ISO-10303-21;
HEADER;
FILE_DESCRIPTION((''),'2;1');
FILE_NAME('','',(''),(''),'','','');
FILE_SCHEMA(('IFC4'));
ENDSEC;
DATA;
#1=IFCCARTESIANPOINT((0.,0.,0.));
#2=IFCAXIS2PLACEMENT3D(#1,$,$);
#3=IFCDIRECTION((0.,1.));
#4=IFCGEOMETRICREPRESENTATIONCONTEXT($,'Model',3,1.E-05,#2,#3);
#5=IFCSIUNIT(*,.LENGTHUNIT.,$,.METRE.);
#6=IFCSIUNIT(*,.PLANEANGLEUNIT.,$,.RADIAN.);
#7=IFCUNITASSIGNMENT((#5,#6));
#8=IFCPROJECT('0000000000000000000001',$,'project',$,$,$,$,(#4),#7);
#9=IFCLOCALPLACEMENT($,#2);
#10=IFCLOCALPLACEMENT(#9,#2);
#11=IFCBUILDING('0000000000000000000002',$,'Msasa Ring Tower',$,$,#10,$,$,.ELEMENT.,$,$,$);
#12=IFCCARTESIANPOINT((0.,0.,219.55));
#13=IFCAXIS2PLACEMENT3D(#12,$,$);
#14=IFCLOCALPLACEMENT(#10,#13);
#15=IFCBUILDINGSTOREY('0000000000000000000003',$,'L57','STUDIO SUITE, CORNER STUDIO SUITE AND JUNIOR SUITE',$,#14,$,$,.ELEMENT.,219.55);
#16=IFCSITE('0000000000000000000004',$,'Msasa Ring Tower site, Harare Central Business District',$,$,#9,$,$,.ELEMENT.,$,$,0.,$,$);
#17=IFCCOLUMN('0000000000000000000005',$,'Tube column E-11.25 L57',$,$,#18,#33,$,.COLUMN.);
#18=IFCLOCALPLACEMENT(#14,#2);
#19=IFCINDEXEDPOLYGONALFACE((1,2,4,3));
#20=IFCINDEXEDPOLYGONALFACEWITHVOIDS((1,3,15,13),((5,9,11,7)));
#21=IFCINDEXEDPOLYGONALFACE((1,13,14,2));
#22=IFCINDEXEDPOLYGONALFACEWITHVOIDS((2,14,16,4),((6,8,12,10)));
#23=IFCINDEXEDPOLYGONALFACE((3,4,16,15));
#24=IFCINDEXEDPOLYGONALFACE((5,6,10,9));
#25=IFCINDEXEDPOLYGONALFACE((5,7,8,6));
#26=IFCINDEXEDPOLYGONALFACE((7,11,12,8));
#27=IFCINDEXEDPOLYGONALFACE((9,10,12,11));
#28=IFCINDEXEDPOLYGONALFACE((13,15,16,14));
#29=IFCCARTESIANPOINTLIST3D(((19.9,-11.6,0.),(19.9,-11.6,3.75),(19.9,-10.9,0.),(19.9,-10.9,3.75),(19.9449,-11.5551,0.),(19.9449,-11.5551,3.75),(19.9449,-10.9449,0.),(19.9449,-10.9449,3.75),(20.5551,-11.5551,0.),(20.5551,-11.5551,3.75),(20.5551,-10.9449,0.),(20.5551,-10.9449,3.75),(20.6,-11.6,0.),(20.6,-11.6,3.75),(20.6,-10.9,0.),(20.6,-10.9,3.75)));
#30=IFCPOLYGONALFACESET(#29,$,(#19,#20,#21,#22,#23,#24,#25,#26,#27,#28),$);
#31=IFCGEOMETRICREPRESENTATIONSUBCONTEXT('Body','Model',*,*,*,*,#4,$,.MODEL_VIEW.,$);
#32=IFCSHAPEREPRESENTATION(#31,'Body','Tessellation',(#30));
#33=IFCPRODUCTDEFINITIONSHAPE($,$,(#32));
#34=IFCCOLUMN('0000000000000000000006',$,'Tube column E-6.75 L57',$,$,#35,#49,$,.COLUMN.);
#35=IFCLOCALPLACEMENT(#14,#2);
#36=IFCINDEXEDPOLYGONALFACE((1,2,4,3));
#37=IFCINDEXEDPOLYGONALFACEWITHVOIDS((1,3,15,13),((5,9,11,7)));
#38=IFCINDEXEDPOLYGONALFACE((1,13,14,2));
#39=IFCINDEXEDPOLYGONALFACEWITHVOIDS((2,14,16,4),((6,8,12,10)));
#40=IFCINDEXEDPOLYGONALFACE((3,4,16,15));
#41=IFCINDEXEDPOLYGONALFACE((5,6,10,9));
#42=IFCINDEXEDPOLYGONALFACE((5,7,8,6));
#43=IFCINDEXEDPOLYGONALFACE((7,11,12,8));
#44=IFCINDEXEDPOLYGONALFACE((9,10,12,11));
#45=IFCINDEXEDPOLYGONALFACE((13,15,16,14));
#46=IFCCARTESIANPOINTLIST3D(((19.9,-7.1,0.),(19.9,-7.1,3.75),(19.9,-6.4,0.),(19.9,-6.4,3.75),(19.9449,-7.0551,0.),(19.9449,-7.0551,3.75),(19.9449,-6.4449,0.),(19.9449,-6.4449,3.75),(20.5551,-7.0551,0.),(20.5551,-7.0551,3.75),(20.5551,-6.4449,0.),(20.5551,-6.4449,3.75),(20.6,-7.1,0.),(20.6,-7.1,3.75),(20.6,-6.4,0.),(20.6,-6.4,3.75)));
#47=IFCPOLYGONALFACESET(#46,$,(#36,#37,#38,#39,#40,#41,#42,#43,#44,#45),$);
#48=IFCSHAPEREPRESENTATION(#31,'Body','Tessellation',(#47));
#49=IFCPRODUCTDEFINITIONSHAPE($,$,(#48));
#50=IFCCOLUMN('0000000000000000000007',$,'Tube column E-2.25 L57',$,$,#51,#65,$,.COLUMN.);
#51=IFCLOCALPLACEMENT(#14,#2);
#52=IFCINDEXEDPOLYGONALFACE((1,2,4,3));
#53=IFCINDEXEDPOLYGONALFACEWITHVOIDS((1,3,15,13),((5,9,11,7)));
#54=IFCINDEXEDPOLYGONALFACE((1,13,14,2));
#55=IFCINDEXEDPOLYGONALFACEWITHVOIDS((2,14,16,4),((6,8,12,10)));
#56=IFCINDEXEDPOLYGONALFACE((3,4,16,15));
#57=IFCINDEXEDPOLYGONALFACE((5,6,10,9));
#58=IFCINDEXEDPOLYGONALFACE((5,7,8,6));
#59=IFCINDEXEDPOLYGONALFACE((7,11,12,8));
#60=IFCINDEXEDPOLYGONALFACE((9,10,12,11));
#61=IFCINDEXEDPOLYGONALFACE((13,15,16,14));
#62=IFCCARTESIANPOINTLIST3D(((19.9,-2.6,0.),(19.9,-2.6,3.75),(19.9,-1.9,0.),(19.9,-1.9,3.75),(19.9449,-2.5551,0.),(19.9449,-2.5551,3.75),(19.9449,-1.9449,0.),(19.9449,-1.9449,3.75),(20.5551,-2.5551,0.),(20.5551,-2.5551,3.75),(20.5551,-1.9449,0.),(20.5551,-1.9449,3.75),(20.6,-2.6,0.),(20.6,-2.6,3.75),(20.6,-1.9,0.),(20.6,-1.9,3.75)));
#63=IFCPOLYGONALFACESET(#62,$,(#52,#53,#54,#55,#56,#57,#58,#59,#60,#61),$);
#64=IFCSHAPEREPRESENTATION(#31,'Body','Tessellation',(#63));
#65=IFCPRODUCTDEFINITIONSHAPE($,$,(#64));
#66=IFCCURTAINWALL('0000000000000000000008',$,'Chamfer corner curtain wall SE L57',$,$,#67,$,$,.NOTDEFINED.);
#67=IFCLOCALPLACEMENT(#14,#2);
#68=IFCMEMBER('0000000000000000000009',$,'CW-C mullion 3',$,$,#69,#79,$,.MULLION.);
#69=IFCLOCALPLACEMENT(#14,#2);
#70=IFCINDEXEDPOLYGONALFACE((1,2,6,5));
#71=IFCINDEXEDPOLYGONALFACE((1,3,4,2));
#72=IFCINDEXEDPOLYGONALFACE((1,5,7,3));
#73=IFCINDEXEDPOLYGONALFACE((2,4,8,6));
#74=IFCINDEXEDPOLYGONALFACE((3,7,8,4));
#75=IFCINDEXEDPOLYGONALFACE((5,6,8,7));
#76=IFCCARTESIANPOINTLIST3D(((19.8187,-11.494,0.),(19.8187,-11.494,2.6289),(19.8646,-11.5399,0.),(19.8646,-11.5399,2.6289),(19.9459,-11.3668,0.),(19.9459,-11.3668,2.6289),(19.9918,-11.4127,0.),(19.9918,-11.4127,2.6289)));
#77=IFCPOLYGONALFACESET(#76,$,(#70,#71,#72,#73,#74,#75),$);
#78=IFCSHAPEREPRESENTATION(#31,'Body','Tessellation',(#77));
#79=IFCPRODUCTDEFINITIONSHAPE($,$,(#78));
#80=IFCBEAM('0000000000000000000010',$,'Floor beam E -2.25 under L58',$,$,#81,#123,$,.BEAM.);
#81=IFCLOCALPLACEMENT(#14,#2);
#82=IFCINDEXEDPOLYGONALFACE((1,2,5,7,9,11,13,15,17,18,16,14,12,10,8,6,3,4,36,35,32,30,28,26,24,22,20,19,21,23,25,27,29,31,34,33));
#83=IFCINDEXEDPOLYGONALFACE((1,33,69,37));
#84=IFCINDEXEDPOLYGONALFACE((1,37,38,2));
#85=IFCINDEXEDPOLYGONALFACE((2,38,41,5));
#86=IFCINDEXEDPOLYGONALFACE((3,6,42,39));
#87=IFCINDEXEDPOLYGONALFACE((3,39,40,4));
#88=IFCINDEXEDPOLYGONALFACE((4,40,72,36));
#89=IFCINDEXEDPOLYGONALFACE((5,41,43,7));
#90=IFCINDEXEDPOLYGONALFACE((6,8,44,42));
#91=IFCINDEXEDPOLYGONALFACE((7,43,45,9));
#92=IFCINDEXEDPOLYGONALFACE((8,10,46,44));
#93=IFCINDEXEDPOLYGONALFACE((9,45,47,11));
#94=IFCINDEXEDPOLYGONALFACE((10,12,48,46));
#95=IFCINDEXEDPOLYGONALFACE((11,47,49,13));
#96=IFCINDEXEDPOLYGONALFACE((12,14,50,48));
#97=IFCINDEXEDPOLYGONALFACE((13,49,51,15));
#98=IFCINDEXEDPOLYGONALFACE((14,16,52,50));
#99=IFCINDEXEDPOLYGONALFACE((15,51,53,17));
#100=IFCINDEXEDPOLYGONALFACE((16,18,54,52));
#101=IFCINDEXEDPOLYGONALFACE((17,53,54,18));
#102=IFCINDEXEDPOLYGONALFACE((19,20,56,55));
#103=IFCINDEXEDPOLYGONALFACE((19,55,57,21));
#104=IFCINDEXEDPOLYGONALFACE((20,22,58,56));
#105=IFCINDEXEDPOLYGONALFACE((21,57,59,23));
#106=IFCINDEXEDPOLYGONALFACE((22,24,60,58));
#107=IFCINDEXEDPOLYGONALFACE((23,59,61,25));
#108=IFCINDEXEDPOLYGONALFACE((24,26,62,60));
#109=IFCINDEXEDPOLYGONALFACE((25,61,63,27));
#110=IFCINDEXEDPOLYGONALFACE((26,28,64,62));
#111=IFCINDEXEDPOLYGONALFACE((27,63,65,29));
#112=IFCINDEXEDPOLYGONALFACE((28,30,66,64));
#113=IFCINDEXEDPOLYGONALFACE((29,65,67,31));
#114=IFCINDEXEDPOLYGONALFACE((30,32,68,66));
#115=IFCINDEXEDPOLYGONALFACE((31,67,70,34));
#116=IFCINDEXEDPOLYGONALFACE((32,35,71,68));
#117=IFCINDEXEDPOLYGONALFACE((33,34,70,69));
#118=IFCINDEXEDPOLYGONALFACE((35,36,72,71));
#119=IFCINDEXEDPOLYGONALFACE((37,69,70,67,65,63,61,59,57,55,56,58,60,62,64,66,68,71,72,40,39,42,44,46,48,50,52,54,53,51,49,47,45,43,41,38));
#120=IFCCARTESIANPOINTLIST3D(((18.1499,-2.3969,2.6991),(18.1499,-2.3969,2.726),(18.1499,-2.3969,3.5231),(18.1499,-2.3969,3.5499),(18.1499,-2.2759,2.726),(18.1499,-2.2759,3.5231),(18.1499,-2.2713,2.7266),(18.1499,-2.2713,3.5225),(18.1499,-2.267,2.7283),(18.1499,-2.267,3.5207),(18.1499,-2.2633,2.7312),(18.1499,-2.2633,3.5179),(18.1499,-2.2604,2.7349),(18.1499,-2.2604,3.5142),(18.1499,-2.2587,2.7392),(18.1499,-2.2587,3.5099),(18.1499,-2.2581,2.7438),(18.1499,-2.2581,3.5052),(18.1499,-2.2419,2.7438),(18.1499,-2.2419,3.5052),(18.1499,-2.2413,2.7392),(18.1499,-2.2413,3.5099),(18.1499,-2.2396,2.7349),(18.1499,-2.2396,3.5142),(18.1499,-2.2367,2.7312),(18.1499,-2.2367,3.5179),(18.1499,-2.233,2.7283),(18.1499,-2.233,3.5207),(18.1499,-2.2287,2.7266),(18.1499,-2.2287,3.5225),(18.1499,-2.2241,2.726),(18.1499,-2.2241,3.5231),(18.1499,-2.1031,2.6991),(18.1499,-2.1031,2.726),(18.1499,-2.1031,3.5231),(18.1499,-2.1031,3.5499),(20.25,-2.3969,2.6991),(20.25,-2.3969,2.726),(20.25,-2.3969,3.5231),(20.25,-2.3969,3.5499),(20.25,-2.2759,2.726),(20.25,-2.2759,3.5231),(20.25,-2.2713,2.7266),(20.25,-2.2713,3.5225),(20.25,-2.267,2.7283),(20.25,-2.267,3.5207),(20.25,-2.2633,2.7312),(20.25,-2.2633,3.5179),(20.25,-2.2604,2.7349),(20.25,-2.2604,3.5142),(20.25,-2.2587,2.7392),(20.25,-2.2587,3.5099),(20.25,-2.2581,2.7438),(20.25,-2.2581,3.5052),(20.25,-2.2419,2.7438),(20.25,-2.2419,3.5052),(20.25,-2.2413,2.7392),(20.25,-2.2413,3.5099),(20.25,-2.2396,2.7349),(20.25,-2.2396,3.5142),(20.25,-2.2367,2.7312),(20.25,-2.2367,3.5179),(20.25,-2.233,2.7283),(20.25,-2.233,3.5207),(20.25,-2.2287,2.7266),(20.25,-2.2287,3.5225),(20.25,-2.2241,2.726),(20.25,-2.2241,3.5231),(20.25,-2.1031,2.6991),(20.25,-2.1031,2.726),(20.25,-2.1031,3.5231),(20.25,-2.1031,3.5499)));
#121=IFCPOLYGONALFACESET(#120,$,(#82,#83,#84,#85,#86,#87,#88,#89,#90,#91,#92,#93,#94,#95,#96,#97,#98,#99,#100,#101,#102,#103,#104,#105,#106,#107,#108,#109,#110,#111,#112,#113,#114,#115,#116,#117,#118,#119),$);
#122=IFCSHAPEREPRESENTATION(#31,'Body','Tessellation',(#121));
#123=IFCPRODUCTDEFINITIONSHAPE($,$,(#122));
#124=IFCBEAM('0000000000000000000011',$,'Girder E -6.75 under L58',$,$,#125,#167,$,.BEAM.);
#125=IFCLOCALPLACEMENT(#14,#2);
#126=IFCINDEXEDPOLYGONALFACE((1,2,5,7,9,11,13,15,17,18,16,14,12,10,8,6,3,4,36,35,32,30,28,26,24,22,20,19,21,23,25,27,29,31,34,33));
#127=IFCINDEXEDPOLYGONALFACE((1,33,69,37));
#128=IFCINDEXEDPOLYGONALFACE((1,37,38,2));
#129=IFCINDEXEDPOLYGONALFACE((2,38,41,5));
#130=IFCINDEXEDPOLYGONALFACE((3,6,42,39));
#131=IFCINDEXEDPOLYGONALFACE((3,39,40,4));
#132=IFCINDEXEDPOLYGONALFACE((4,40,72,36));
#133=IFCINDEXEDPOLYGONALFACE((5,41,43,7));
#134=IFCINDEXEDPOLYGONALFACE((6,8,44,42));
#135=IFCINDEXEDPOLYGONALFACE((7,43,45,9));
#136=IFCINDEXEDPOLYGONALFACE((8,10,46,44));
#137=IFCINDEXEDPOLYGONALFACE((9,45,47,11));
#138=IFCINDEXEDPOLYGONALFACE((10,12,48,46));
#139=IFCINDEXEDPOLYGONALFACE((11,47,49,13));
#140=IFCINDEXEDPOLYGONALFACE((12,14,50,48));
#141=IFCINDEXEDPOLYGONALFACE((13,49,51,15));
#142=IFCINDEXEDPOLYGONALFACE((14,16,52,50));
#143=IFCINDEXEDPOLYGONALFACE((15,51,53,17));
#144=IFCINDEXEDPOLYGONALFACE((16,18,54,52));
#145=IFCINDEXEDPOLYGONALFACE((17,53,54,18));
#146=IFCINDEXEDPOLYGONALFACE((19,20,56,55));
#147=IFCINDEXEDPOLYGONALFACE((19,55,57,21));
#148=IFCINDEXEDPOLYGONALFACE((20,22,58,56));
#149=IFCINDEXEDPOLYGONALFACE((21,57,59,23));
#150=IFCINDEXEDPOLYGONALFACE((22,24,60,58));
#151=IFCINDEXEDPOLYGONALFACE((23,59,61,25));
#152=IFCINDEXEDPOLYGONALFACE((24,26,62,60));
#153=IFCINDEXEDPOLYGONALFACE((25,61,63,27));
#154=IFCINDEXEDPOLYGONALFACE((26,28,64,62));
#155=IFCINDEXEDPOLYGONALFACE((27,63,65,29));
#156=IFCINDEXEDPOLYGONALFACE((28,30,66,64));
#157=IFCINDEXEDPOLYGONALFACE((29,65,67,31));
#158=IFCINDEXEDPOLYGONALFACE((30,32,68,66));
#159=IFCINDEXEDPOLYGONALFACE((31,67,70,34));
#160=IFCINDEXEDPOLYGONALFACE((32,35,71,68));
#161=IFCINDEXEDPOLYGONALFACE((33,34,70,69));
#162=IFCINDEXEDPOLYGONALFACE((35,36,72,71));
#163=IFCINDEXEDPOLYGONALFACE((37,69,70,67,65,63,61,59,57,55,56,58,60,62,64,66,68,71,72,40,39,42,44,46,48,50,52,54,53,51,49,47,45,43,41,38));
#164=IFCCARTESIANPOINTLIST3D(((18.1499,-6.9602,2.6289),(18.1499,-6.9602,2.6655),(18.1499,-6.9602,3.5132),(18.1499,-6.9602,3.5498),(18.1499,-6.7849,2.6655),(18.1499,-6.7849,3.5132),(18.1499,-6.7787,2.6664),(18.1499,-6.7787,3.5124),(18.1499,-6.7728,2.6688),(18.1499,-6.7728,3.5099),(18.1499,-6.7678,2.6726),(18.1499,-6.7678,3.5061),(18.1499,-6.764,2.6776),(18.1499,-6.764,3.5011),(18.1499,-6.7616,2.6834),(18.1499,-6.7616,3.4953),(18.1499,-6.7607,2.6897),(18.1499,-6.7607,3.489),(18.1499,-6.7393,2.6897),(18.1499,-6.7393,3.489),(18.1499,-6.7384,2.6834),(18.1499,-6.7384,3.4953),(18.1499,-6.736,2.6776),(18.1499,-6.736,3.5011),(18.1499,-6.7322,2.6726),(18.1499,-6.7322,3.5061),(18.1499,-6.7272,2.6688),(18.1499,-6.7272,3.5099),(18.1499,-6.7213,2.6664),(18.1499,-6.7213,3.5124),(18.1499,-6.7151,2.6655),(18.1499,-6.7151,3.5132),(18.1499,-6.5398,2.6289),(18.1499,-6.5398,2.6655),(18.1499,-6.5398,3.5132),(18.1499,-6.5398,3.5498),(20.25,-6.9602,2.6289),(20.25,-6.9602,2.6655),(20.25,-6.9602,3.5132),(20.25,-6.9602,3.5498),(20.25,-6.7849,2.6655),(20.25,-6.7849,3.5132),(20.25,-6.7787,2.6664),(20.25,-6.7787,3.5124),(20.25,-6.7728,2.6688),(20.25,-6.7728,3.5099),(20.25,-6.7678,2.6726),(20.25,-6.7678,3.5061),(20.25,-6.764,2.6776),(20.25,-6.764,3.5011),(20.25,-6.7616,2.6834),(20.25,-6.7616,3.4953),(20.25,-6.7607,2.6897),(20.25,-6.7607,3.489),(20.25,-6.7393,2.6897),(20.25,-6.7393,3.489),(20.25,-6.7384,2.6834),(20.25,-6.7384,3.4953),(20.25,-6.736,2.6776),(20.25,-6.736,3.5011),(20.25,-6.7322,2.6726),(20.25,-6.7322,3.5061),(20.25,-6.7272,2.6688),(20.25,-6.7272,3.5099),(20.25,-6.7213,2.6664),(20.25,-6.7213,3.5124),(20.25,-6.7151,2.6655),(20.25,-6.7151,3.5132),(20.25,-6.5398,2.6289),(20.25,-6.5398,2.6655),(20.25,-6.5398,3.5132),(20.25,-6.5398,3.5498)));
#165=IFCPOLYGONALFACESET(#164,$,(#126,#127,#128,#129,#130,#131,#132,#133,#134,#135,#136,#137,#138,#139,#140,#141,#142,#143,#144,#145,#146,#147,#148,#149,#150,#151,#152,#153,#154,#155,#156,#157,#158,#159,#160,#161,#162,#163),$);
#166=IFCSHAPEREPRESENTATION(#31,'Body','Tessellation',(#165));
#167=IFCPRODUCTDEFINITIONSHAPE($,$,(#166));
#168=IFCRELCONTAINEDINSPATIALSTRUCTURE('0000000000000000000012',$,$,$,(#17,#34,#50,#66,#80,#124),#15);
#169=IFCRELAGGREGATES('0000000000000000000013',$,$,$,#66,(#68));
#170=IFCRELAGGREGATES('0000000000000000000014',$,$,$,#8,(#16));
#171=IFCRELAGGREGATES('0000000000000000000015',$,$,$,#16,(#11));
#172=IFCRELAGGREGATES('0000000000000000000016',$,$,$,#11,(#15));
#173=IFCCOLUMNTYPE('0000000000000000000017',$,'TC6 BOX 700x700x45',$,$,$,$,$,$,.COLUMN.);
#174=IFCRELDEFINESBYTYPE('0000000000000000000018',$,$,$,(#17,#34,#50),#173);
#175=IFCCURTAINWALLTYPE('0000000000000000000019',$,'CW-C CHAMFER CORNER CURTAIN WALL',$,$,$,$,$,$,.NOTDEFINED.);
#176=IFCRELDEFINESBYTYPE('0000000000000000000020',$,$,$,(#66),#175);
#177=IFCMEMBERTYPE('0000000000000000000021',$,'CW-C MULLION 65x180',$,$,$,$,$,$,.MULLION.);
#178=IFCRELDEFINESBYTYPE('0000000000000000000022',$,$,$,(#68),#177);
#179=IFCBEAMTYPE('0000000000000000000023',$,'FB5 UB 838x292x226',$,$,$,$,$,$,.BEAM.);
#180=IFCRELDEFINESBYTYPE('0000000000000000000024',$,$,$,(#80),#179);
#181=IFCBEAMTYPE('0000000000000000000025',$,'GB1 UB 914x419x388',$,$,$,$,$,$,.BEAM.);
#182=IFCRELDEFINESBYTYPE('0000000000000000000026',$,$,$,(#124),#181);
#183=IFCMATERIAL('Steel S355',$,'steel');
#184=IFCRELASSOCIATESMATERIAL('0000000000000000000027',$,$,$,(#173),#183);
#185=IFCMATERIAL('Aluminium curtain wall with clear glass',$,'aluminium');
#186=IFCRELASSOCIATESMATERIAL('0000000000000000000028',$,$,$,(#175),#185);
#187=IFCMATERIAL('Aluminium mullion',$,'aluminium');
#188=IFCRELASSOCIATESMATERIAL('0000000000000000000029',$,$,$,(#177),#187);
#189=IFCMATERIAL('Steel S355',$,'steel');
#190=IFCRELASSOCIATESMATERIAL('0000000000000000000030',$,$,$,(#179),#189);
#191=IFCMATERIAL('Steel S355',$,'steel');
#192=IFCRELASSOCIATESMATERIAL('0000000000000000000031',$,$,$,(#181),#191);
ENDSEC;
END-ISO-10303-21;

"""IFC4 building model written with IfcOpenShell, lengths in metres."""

from ifc_helpers import new_model, si_unit, direction, frame, origin, origin_2d, place, context, subcontext, project, spatial, rectangle, hollow_rectangle, i_section, extrude, material, material_profile, profile_set, type_object, element, aggregate, save


model = new_model("IFC4")

# Units and contexts
model_context = context("Model", 3, precision=1e-05, world=origin(), true_north=direction((0.0, 1.0)))
body_context = subcontext(model_context, "Body", "Model", "MODEL_VIEW")
ifc_project = project(units=[si_unit("LENGTHUNIT", "METRE"), si_unit("PLANEANGLEUNIT", "RADIAN")], contexts=[model_context])

# Site, building, storey
site_placement = place(None, origin())
site = spatial("IfcSite", under=ifc_project, at=site_placement, Name="Msasa Ring Tower site, Harare Central Business District", CompositionType="ELEMENT", RefElevation=0.0)
building_placement = place(site_placement, origin())
building = spatial("IfcBuilding", under=site, at=building_placement, Name="Msasa Ring Tower", CompositionType="ELEMENT")
storey_placement = place(building_placement, frame((0.0, 0.0, 219.55)))
storey = spatial("IfcBuildingStorey", under=building, at=storey_placement, Name="L57", Description="STUDIO SUITE, CORNER STUDIO SUITE AND JUNIOR SUITE", CompositionType="ELEMENT", Elevation=219.55)

# Columns
ifc_material_1 = material(Name="Steel S355", Category="steel")
ifc_material_profile_1 = material_profile(ifc_material_1, hollow_rectangle(XDim=0.7, YDim=0.7, WallThickness=0.0449, at=origin_2d()), Name="BOX 700x700x45")
ifc_profile_set_1 = profile_set([ifc_material_profile_1], Name="Steel S355")
column_type = type_object("IfcColumnType", Name="TC6 BOX 700x700x45", PredefinedType="COLUMN", material=ifc_profile_set_1)
for number, where, z_axis, x_axis, name in (
    (1, (20.25, -11.25, 0.0), (0.0, 0.0, 1.0), (1.0, 0.0, 0.0), "Tube column E-11.25 L57"),
    (2, (20.25, -6.75, 0.0), (0.0, 0.0, 1.0), (1.0, 0.0, 0.0), "Tube column E-6.75 L57"),
    (3, (20.25, -2.25, 0.0), (0.0, 0.0, 1.0), (1.0, 0.0, 0.0), "Tube column E-2.25 L57"),
):
    element("IfcColumn", number, at=place(storey_placement, frame(where, z_axis=z_axis, x_axis=x_axis)), inside=storey, type_object=column_type, Name=name, PredefinedType="COLUMN", context=body_context, shape_type="SweptSolid", body=[
        extrude(hollow_rectangle(XDim=0.7, YDim=0.7, WallThickness=0.0449, at=origin_2d()), origin(), (0.0, 0.0, 1.0), 3.75),
    ])

# Curtain wall, member
ifc_material_2 = material(Name="Aluminium curtain wall with clear glass", Category="aluminium")
curtain_wall_type = type_object("IfcCurtainWallType", Name="CW-C CHAMFER CORNER CURTAIN WALL", PredefinedType="NOTDEFINED", material=ifc_material_2)
curtain_wall_placement = place(storey_placement, origin())
curtain_wall = element("IfcCurtainWall", 4, at=curtain_wall_placement, inside=storey, type_object=curtain_wall_type, Name="Chamfer corner curtain wall SE L57", PredefinedType="NOTDEFINED")
ifc_material_3 = material(Name="Aluminium mullion", Category="aluminium")
ifc_material_profile_2 = material_profile(ifc_material_3, rectangle(XDim=0.0649, YDim=0.1799, at=origin_2d()), Name="AL 65x180")
ifc_profile_set_2 = profile_set([ifc_material_profile_2], Name="Aluminium mullion")
member_type = type_object("IfcMemberType", Name="CW-C MULLION 65x180", PredefinedType="MULLION", material=ifc_profile_set_2)
member_placement = place(storey_placement, frame((19.9053, -11.4534, 0.0), z_axis=(0.0, 0.0, 1.0), x_axis=(-0.707107, 0.707107, 0.0)))
member = element("IfcMember", 5, at=member_placement, type_object=member_type, Name="CW-C mullion 3", PredefinedType="MULLION", context=body_context, shape_type="SweptSolid", body=[
    extrude(rectangle(XDim=0.0649, YDim=0.1799, at=origin_2d()), origin(), (0.0, 0.0, 1.0), 2.6289),
])
aggregate(curtain_wall, [member])

# Beams
ifc_material_4 = material(Name="Steel S355", Category="steel")
ifc_material_profile_3 = material_profile(ifc_material_4, i_section(OverallWidth=0.2937, OverallDepth=0.8508, WebThickness=0.0161, FlangeThickness=0.0269, FilletRadius=0.0178, at=origin_2d()), Name="UB 838x292x226")
ifc_profile_set_3 = profile_set([ifc_material_profile_3], Name="Steel S355")
beam_type_1 = type_object("IfcBeamType", Name="FB5 UB 838x292x226", PredefinedType="BEAM", material=ifc_profile_set_3)
beam_1_placement = place(storey_placement, frame((20.25, -2.25, 3.1245), z_axis=(-1.0, 0.0, 0.0), x_axis=(0.0, -1.0, 0.0)))
element("IfcBeam", 6, at=beam_1_placement, inside=storey, type_object=beam_type_1, Name="Floor beam E -2.25 under L58", PredefinedType="BEAM", context=body_context, shape_type="SweptSolid", body=[
    extrude(i_section(OverallWidth=0.2937, OverallDepth=0.8508, WebThickness=0.0161, FlangeThickness=0.0269, FilletRadius=0.0178, at=origin_2d()), origin(), (0.0, 0.0, 1.0), 2.1001),
])
ifc_material_5 = material(Name="Steel S355", Category="steel")
ifc_material_profile_4 = material_profile(ifc_material_5, i_section(OverallWidth=0.4204, OverallDepth=0.9209, WebThickness=0.0215, FlangeThickness=0.0366, FilletRadius=0.0242, at=origin_2d()), Name="UB 914x419x388")
ifc_profile_set_4 = profile_set([ifc_material_profile_4], Name="Steel S355")
beam_type_2 = type_object("IfcBeamType", Name="GB1 UB 914x419x388", PredefinedType="BEAM", material=ifc_profile_set_4)
beam_2_placement = place(storey_placement, frame((18.1499, -6.75, 3.0894), z_axis=(1.0, 0.0, 0.0), x_axis=(0.0, 1.0, 0.0)))
element("IfcBeam", 7, at=beam_2_placement, inside=storey, type_object=beam_type_2, Name="Girder E -6.75 under L58", PredefinedType="BEAM", context=body_context, shape_type="SweptSolid", body=[
    extrude(i_section(OverallWidth=0.4204, OverallDepth=0.9209, WebThickness=0.0215, FlangeThickness=0.0366, FilletRadius=0.0242, at=origin_2d()), origin(), (0.0, 0.0, 1.0), 2.1001),
])

save(model, "model.ifc")
